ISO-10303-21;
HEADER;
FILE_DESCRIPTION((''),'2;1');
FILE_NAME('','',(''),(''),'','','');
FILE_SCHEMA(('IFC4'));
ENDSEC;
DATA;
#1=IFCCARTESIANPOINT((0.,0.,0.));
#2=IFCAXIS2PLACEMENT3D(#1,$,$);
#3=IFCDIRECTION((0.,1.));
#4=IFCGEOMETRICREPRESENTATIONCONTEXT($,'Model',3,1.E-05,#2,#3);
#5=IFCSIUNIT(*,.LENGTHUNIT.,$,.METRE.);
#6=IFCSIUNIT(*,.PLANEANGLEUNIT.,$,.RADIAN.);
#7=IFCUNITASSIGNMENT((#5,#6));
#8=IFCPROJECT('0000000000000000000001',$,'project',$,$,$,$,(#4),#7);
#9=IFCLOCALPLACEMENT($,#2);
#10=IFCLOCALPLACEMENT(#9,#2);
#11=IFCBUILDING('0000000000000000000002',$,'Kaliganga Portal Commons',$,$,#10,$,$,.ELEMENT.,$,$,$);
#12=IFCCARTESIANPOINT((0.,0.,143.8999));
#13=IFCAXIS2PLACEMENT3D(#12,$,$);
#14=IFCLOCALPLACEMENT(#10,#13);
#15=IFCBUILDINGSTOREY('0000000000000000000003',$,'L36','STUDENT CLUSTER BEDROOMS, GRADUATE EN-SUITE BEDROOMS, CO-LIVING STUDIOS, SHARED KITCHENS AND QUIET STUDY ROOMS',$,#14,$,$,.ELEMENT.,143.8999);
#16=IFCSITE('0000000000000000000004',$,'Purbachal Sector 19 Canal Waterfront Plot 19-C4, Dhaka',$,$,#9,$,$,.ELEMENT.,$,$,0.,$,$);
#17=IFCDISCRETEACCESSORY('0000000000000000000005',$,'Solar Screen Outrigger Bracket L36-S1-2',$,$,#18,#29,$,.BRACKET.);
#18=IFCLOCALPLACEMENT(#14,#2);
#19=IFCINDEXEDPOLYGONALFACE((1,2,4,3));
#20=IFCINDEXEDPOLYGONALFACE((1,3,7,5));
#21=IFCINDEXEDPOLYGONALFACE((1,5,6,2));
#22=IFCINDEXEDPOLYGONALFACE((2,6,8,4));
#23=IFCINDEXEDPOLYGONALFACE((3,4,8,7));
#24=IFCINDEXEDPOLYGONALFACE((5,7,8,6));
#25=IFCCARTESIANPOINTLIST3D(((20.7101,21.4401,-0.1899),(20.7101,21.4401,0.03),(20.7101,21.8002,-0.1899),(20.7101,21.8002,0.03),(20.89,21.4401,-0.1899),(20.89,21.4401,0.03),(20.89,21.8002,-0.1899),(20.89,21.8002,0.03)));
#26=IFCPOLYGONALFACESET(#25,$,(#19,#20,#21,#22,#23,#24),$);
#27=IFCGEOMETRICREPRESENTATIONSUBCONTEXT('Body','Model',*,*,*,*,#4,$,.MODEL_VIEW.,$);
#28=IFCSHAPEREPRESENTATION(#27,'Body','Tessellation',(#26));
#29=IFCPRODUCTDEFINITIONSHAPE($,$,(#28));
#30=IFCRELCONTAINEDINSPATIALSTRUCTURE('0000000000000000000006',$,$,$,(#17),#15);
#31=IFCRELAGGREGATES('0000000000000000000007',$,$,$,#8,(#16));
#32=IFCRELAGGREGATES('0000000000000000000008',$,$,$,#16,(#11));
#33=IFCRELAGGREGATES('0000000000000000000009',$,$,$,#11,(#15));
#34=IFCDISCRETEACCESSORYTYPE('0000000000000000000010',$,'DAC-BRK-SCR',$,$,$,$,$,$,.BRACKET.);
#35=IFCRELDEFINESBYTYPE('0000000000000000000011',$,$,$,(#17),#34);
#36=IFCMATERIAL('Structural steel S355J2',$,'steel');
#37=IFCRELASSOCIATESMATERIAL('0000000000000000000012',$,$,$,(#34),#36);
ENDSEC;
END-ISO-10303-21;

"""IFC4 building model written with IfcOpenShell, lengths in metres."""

from ifc_helpers import new_model, si_unit, direction, frame, origin, origin_2d, place, context, subcontext, project, spatial, rectangle, extrude, source, transform, mapped, material, type_object, element, save


model = new_model("IFC4")

# Units and contexts
model_context = context("Model", 3, precision=1e-05, world=origin(), true_north=direction((0.0, 1.0)))
body_context = subcontext(model_context, "Body", "Model", "MODEL_VIEW")
ifc_project = project(units=[si_unit("LENGTHUNIT", "METRE"), si_unit("PLANEANGLEUNIT", "RADIAN")], contexts=[model_context])

# Site, building, storey
site_placement = place(None, origin())
site = spatial("IfcSite", under=ifc_project, at=site_placement, Name="Purbachal Sector 19 Canal Waterfront Plot 19-C4, Dhaka", CompositionType="ELEMENT", RefElevation=0.0)
building_placement = place(site_placement, origin())
building = spatial("IfcBuilding", under=site, at=building_placement, Name="Kaliganga Portal Commons", CompositionType="ELEMENT")
storey_placement = place(building_placement, frame((0.0, 0.0, 143.8999)))
storey = spatial("IfcBuildingStorey", under=building, at=storey_placement, Name="L36", Description="STUDENT CLUSTER BEDROOMS, GRADUATE EN-SUITE BEDROOMS, CO-LIVING STUDIOS, SHARED KITCHENS AND QUIET STUDY ROOMS", CompositionType="ELEMENT", Elevation=143.8999)

# Shared definitions
ifc_material_1 = material(Name="Structural steel S355J2", Category="steel")

# Discrete accessory
discrete_accessory_type = type_object("IfcDiscreteAccessoryType", Name="DAC-BRK-SCR", PredefinedType="BRACKET", material=ifc_material_1)
shared_shape_1 = source(origin(), body_context, "Body", "SweptSolid", [
    extrude(rectangle(XDim=0.1799, YDim=0.3601, at=origin_2d()), origin(), (0.0, 0.0, 1.0), 0.22),
])
discrete_accessory_placement = place(storey_placement, frame((20.8, 21.6201, -0.1899), z_axis=(0.0, 0.0, 1.0), x_axis=(1.0, 0.0, 0.0)))
element("IfcDiscreteAccessory", 1, at=discrete_accessory_placement, inside=storey, type_object=discrete_accessory_type, Name="Solar Screen Outrigger Bracket L36-S1-2", PredefinedType="BRACKET", context=body_context, shape_type="MappedRepresentation", body=[
    mapped(shared_shape_1, transform((0.0, 0.0, 0.0), x_axis=(1.0, 0.0, 0.0), y_axis=(0.0, 1.0, 0.0), z_axis=(0.0, 0.0, 1.0), scale=1.0)),
])

save(model, "model.ifc")
